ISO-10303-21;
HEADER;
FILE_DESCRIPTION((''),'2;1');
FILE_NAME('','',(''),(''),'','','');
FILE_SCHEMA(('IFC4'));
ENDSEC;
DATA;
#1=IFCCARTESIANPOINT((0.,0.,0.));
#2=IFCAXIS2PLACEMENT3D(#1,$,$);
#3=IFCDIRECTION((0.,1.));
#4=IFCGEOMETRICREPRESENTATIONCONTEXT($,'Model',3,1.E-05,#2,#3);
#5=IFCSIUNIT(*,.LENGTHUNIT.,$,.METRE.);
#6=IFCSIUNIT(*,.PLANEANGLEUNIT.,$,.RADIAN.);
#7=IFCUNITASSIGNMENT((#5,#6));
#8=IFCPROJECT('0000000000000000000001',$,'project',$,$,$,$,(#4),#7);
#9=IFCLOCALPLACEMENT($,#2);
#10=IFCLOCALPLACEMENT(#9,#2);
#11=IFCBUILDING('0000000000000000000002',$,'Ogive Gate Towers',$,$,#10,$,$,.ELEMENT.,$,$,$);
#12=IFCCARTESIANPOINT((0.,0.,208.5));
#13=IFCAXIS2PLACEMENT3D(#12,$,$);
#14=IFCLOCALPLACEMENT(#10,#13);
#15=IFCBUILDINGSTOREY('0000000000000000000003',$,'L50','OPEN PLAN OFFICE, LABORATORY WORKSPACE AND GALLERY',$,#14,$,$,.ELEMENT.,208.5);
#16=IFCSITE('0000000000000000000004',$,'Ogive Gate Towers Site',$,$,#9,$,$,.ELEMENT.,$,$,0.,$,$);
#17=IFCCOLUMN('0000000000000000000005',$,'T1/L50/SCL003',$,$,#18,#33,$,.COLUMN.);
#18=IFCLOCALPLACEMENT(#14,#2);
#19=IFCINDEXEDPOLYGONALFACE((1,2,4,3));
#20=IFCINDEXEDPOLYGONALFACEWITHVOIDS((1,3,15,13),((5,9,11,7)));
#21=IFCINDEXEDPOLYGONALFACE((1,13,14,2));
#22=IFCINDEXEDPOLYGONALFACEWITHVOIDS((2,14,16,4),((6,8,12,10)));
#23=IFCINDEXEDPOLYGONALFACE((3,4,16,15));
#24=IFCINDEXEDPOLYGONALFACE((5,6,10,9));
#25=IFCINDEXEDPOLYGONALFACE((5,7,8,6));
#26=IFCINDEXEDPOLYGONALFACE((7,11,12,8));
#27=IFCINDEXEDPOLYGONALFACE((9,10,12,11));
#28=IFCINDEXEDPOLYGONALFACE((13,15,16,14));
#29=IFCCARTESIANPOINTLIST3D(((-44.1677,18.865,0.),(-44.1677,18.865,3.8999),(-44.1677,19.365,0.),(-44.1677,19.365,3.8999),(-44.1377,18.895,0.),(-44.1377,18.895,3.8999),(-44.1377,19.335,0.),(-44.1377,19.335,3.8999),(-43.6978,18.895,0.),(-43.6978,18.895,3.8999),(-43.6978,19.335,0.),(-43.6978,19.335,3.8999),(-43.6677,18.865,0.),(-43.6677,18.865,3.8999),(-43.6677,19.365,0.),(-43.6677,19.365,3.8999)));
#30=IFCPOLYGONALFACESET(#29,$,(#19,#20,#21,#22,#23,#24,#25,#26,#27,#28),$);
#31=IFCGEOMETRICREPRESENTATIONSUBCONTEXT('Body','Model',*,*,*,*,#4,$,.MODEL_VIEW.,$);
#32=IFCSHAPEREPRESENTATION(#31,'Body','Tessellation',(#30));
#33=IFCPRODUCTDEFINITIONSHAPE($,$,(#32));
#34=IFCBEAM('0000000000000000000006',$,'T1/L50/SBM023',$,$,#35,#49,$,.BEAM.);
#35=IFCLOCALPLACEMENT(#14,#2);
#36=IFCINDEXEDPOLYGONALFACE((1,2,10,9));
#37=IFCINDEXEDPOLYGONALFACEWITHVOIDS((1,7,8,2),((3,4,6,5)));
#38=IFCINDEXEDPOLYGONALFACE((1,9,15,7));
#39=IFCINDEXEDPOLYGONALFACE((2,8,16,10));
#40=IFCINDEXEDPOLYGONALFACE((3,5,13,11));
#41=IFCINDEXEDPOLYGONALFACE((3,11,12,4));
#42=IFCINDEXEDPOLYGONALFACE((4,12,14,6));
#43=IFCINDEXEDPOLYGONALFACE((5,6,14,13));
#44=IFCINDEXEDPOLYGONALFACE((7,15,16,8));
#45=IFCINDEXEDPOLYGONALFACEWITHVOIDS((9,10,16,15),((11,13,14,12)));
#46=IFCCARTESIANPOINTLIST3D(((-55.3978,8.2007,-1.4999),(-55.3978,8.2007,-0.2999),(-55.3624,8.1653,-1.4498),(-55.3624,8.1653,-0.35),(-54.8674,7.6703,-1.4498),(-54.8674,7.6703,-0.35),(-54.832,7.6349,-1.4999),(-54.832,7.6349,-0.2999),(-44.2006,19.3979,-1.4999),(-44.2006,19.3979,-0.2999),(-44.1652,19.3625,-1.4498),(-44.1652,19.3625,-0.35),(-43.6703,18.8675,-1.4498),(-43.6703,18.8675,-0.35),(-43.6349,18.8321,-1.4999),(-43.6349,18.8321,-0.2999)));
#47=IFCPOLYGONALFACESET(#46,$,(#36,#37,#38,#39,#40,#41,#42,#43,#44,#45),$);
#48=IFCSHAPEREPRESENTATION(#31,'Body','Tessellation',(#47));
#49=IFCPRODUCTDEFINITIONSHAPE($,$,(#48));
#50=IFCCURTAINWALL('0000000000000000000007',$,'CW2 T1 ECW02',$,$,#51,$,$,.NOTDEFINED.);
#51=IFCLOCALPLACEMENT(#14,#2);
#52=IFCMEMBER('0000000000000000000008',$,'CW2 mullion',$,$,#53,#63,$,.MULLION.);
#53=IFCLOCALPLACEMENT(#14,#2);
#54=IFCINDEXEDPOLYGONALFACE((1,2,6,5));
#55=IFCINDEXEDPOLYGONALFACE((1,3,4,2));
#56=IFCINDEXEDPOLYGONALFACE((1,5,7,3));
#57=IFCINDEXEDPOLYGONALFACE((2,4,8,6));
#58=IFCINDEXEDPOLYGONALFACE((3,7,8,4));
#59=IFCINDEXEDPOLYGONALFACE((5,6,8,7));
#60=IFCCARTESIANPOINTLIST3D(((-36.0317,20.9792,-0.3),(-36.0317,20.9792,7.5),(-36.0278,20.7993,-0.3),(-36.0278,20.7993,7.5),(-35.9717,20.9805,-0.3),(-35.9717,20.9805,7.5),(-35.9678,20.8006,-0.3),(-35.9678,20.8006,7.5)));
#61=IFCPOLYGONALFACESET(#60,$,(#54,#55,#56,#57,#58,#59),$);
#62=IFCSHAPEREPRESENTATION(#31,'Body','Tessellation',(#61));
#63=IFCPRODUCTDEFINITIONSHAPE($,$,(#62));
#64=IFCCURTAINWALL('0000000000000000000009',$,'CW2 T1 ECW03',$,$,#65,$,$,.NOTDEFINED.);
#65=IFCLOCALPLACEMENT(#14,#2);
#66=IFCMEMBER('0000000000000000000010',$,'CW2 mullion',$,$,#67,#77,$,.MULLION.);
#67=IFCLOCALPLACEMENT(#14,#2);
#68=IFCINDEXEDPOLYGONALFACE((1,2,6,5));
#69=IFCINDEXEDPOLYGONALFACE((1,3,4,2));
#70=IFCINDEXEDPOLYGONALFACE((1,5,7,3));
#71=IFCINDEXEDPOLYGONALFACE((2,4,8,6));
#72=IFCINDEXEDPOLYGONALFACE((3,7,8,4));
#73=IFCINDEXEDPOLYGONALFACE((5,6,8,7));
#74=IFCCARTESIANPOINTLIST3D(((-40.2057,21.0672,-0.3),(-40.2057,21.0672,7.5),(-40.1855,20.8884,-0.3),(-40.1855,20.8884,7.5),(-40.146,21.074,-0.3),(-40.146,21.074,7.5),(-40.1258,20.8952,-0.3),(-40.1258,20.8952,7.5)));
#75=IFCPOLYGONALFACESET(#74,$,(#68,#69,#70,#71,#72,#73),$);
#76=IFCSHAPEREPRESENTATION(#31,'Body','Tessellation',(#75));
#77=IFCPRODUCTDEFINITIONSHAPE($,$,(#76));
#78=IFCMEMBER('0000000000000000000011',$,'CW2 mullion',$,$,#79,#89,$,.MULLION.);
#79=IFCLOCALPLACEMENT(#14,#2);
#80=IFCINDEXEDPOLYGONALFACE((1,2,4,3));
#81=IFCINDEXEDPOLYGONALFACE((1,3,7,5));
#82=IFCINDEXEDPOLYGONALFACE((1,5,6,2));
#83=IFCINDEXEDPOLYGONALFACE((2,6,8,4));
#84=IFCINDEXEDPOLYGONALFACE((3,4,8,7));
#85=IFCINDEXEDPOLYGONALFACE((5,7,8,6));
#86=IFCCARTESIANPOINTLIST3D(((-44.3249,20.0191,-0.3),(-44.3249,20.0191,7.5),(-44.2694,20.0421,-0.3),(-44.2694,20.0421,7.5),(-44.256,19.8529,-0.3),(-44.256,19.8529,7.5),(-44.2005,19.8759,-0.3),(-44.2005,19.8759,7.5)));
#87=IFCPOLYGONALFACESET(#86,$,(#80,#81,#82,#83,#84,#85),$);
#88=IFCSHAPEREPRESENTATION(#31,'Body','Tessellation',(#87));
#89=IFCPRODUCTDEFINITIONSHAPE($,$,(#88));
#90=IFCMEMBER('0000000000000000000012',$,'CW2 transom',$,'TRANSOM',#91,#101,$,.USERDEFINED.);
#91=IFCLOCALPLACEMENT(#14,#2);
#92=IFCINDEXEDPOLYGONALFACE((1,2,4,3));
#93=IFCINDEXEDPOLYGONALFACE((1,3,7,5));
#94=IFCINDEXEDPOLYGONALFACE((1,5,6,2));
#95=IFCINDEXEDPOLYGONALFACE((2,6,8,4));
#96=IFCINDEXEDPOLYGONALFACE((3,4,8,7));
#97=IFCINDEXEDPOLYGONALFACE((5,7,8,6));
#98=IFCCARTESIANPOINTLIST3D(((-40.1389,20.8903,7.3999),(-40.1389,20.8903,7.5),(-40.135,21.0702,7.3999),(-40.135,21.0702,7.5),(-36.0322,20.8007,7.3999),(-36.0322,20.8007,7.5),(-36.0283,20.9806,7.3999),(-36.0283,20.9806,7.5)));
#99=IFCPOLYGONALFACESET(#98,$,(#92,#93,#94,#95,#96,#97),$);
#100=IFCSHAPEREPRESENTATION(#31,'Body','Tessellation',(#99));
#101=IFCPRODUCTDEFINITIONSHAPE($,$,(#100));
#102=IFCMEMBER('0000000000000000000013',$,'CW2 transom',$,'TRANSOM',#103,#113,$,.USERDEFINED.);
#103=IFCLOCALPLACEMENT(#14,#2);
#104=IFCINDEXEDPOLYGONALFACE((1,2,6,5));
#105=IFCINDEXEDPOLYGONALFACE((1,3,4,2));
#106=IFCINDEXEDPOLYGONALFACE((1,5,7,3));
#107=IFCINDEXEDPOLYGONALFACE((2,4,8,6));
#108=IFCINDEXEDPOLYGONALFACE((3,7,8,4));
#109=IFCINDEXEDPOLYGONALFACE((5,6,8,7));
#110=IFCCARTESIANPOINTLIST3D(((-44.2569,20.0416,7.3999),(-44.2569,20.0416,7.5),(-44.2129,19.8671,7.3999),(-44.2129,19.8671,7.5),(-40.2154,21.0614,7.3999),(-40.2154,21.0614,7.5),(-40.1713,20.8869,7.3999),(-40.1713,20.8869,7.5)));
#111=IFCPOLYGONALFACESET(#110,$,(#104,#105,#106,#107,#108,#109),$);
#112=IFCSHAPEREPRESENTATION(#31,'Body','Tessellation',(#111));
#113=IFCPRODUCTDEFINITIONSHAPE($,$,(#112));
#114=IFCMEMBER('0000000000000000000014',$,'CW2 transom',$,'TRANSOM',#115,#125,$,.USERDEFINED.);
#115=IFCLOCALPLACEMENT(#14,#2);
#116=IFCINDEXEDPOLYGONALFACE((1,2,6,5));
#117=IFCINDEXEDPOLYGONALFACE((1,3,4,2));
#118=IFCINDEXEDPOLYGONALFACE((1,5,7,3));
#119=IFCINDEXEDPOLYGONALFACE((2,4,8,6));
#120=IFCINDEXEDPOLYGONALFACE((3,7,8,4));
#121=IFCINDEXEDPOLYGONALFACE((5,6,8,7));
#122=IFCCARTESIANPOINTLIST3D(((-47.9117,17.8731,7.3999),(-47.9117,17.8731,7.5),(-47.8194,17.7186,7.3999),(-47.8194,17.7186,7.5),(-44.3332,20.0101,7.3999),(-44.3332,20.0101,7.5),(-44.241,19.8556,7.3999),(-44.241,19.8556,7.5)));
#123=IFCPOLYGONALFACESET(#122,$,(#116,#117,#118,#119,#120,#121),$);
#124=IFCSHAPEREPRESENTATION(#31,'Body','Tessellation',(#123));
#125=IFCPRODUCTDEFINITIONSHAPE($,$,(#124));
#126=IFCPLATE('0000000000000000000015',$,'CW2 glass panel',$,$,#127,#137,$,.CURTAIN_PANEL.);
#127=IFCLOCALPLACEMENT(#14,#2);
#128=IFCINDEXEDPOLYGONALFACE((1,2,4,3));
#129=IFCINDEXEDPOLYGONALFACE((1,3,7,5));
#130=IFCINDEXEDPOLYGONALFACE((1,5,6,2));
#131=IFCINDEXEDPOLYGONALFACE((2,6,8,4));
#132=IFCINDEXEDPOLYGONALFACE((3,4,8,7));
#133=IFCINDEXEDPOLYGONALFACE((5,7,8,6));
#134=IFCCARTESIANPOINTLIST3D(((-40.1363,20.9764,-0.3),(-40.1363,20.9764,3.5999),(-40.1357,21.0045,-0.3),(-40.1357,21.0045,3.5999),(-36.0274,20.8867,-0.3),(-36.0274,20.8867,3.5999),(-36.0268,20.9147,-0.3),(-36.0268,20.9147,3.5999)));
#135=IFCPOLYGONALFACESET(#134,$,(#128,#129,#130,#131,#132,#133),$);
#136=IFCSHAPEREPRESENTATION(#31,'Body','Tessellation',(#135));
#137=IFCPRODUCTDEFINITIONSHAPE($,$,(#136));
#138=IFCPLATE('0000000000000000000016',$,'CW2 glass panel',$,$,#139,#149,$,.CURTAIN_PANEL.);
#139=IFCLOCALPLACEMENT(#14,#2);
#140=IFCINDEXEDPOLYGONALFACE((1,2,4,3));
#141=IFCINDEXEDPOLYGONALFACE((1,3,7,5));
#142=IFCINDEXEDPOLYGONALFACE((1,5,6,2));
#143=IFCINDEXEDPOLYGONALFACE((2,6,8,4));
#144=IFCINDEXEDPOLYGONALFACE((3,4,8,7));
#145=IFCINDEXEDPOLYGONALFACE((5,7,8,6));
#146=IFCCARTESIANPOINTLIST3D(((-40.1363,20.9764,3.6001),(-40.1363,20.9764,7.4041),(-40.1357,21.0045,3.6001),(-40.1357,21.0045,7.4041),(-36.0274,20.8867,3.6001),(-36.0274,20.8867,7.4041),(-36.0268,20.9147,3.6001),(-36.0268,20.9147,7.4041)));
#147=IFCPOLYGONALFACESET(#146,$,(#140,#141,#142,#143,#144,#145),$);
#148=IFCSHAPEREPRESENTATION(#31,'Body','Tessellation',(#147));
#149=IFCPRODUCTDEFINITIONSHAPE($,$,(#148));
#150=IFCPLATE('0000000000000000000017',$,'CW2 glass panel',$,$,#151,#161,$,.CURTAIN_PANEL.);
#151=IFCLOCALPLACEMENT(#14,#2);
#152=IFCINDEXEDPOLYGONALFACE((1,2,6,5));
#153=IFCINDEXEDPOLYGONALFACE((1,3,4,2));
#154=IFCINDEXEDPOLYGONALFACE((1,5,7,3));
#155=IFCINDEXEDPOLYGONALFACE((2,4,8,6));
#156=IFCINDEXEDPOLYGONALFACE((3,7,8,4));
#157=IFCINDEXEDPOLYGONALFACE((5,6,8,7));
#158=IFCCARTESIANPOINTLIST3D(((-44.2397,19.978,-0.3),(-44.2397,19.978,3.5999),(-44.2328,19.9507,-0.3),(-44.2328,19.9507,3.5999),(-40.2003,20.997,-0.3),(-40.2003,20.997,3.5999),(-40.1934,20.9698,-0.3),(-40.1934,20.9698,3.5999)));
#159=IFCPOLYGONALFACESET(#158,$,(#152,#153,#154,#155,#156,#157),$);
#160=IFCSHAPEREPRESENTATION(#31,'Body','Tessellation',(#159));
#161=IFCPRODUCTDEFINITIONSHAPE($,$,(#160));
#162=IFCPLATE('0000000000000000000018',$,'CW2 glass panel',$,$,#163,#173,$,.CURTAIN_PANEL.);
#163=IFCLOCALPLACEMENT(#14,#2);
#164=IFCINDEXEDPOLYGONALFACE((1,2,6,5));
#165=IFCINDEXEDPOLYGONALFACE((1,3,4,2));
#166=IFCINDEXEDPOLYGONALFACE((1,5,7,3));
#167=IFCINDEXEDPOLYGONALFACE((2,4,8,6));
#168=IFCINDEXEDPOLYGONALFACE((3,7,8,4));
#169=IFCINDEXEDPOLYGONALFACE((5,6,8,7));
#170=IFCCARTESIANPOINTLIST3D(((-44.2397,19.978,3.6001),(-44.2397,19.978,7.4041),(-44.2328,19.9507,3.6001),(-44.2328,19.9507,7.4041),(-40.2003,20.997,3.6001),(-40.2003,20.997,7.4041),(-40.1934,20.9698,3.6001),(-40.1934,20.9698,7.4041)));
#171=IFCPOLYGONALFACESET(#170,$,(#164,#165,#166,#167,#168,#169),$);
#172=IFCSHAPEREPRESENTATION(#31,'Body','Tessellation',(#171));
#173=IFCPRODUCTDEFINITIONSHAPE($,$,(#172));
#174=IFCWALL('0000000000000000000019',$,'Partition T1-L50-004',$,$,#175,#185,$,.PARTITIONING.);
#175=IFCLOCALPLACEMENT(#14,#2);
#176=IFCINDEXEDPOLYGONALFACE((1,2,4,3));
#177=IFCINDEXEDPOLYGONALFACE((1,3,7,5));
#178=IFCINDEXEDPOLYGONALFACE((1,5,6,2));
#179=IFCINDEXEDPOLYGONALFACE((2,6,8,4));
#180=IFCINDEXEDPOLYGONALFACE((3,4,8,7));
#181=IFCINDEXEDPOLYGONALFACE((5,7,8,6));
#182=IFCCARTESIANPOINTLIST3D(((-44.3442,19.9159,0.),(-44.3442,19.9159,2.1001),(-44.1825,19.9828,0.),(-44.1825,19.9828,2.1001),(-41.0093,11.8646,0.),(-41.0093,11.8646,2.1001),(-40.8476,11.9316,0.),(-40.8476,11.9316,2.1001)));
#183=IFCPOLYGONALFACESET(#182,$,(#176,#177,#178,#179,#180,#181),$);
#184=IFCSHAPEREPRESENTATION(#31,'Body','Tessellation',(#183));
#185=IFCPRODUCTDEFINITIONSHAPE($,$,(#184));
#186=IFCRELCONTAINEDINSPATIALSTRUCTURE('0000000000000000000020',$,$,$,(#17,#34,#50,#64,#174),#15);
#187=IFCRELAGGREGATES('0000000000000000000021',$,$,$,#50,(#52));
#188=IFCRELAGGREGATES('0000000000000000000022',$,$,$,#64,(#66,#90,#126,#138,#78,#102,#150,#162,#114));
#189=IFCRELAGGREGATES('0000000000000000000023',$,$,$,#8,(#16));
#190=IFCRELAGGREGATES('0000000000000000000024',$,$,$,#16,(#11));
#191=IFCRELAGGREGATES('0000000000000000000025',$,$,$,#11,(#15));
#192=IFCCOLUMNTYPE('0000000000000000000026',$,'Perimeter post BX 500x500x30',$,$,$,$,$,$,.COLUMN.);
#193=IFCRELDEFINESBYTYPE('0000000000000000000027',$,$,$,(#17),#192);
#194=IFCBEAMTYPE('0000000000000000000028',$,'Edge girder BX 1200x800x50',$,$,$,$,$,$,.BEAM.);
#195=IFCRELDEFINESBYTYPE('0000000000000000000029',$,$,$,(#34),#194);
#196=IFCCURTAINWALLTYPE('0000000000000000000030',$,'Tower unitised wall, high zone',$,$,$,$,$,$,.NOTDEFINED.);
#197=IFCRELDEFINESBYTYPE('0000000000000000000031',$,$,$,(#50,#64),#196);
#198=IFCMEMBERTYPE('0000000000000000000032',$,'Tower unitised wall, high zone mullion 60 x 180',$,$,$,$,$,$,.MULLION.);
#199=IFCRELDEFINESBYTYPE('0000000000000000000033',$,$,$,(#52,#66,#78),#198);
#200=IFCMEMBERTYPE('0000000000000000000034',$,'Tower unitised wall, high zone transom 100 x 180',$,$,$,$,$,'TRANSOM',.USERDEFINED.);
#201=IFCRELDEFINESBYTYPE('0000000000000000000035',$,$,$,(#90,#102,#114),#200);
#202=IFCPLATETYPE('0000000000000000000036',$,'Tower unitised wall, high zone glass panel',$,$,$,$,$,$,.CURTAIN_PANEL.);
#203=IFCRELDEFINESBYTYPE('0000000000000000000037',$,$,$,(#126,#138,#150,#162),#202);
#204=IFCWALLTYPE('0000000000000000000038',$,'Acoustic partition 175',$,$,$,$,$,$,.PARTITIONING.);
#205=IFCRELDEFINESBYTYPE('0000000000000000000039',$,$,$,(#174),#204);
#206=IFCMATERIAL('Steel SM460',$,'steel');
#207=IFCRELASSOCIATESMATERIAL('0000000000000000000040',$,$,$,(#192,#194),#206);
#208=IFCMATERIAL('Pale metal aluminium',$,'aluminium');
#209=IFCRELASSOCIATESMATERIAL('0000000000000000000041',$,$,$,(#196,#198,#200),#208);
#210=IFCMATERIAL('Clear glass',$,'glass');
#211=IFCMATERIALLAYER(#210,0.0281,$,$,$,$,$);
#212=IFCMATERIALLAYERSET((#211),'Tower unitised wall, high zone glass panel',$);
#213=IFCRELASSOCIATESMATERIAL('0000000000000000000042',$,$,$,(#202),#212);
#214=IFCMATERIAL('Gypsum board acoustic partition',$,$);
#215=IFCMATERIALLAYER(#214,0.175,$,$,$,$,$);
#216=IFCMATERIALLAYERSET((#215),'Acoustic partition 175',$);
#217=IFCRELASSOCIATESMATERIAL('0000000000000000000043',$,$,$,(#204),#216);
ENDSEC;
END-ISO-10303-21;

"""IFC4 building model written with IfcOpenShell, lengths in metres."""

from ifc_helpers import new_model, si_unit, direction, frame, frame_2d, origin, origin_2d, place, context, subcontext, project, spatial, rectangle, hollow_rectangle, extrude, material, layer, layer_set, material_profile, profile_set, type_object, element, aggregate, save


model = new_model("IFC4")

# Units and contexts
model_context = context("Model", 3, precision=1e-05, world=origin(), true_north=direction((0.0, 1.0)))
body_context = subcontext(model_context, "Body", "Model", "MODEL_VIEW")
ifc_project = project(units=[si_unit("LENGTHUNIT", "METRE"), si_unit("PLANEANGLEUNIT", "RADIAN")], contexts=[model_context])

# Site, building, storey
site_placement = place(None, origin())
site = spatial("IfcSite", under=ifc_project, at=site_placement, Name="Ogive Gate Towers Site", CompositionType="ELEMENT", RefElevation=0.0)
building_placement = place(site_placement, origin())
building = spatial("IfcBuilding", under=site, at=building_placement, Name="Ogive Gate Towers", CompositionType="ELEMENT")
storey_placement = place(building_placement, frame((0.0, 0.0, 208.5)))
storey = spatial("IfcBuildingStorey", under=building, at=storey_placement, Name="L50", Description="OPEN PLAN OFFICE, LABORATORY WORKSPACE AND GALLERY", CompositionType="ELEMENT", Elevation=208.5)

# Column
ifc_material_1 = material(Name="Steel SM460", Category="steel")
ifc_material_profile_1 = material_profile(ifc_material_1, hollow_rectangle(XDim=0.5, YDim=0.5, WallThickness=0.03, at=origin_2d()), Name="BX 500x500x30")
ifc_profile_set_1 = profile_set([ifc_material_profile_1], Name="Steel SM460")
column_type = type_object("IfcColumnType", Name="Perimeter post BX 500x500x30", PredefinedType="COLUMN", material=ifc_profile_set_1)
column_placement = place(storey_placement, frame((-43.9177, 19.115, 0.0), z_axis=(0.0, 0.0, 1.0), x_axis=(1.0, 0.0, 0.0)))
element("IfcColumn", 1, at=column_placement, inside=storey, type_object=column_type, Name="T1/L50/SCL003", PredefinedType="COLUMN", context=body_context, shape_type="SweptSolid", body=[
    extrude(hollow_rectangle(XDim=0.5, YDim=0.5, WallThickness=0.03, at=origin_2d()), origin(), (0.0, 0.0, 1.0), 3.8999),
])

# Beam
ifc_material_profile_2 = material_profile(ifc_material_1, hollow_rectangle(XDim=0.8, YDim=1.2, WallThickness=0.05, at=origin_2d()), Name="BX 1200x800x50")
ifc_profile_set_2 = profile_set([ifc_material_profile_2], Name="Steel SM460")
beam_type = type_object("IfcBeamType", Name="Edge girder BX 1200x800x50", PredefinedType="BEAM", material=ifc_profile_set_2)
beam_placement = place(storey_placement, frame((-43.9177, 19.115, -0.8999), z_axis=(-0.707107, -0.707107, 0.0), x_axis=(0.707107, -0.707107, 0.0)))
element("IfcBeam", 2, at=beam_placement, inside=storey, type_object=beam_type, Name="T1/L50/SBM023", PredefinedType="BEAM", context=body_context, shape_type="SweptSolid", body=[
    extrude(hollow_rectangle(XDim=0.8, YDim=1.2, WallThickness=0.05, at=origin_2d()), origin(), (0.0, 0.0, 1.0), 15.8352),
])

# Curtain wall, member
ifc_material_2 = material(Name="Pale metal aluminium", Category="aluminium")
curtain_wall_type = type_object("IfcCurtainWallType", Name="Tower unitised wall, high zone", PredefinedType="NOTDEFINED", material=ifc_material_2)
curtain_wall_1_placement = place(storey_placement, origin())
curtain_wall_1 = element("IfcCurtainWall", 3, at=curtain_wall_1_placement, inside=storey, type_object=curtain_wall_type, Name="CW2 T1 ECW02", PredefinedType="NOTDEFINED")
ifc_material_profile_3 = material_profile(ifc_material_2, rectangle(XDim=0.1799, YDim=0.0601, at=origin_2d()), Name="60 x 180 aluminium box")
ifc_profile_set_3 = profile_set([ifc_material_profile_3], Name="Pale metal aluminium")
member_type_1 = type_object("IfcMemberType", Name="Tower unitised wall, high zone mullion 60 x 180", PredefinedType="MULLION", material=ifc_profile_set_3)
member_1_placement = place(storey_placement, frame((-35.9998, 20.8899, -0.3), z_axis=(0.0, 0.0, 1.0), x_axis=(-0.021832, 0.999762, 0.0)))
member_1 = element("IfcMember", 4, at=member_1_placement, type_object=member_type_1, Name="CW2 mullion", PredefinedType="MULLION", context=body_context, shape_type="SweptSolid", body=[
    extrude(rectangle(XDim=0.1799, YDim=0.0601, at=origin_2d()), origin(), (0.0, 0.0, 1.0), 7.8),
])
aggregate(curtain_wall_1, [member_1])

# Curtain wall, members, plates
curtain_wall_2_placement = place(storey_placement, origin())
curtain_wall_2 = element("IfcCurtainWall", 5, at=curtain_wall_2_placement, inside=storey, type_object=curtain_wall_type, Name="CW2 T1 ECW03", PredefinedType="NOTDEFINED")
member_2_placement = place(storey_placement, frame((-40.1658, 20.9812, -0.3), z_axis=(0.0, 0.0, 1.0), x_axis=(-0.112405, 0.993662, 0.0)))
member_2 = element("IfcMember", 6, at=member_2_placement, type_object=member_type_1, Name="CW2 mullion", PredefinedType="MULLION", context=body_context, shape_type="SweptSolid", body=[
    extrude(rectangle(XDim=0.1799, YDim=0.0601, at=origin_2d()), origin(), (0.0, 0.0, 1.0), 7.8),
])
member_3_placement = place(storey_placement, frame((-44.2627, 19.9475, -0.3), z_axis=(0.0, 0.0, 1.0), x_axis=(-0.382683, 0.92388, 0.0)))
member_3 = element("IfcMember", 7, at=member_3_placement, type_object=member_type_1, Name="CW2 mullion", PredefinedType="MULLION", context=body_context, shape_type="SweptSolid", body=[
    extrude(rectangle(XDim=0.1799, YDim=0.0601, at=origin_2d()), origin(), (0.0, 0.0, 1.0), 7.8),
])
ifc_material_profile_4 = material_profile(ifc_material_2, rectangle(XDim=0.1799, YDim=0.1001, at=origin_2d()), Name="100 x 180 aluminium box")
ifc_profile_set_4 = profile_set([ifc_material_profile_4], Name="Pale metal aluminium")
member_type_2 = type_object("IfcMemberType", Name="Tower unitised wall, high zone transom 100 x 180", ElementType="TRANSOM", PredefinedType="USERDEFINED", material=ifc_profile_set_4)
member_4_placement = place(storey_placement, frame((-36.0303, 20.8906, 7.45), z_axis=(-0.999762, 0.021813, 0.0), x_axis=(-0.021813, -0.999762, 0.0)))
member_4 = element("IfcMember", 8, at=member_4_placement, type_object=member_type_2, Name="CW2 transom", ObjectType="TRANSOM", PredefinedType="USERDEFINED", context=body_context, shape_type="SweptSolid", body=[
    extrude(rectangle(XDim=0.1799, YDim=0.1001, at=origin_2d()), origin(), (0.0, 0.0, 1.0), 4.1077),
])
member_5_placement = place(storey_placement, frame((-40.1934, 20.9741, 7.45), z_axis=(-0.96961, -0.244657, 0.0), x_axis=(0.244657, -0.96961, 0.0)))
member_5 = element("IfcMember", 9, at=member_5_placement, type_object=member_type_2, Name="CW2 transom", ObjectType="TRANSOM", PredefinedType="USERDEFINED", context=body_context, shape_type="SweptSolid", body=[
    extrude(rectangle(XDim=0.1799, YDim=0.1001, at=origin_2d()), origin(), (0.0, 0.0, 1.0), 4.1682),
])
member_6_placement = place(storey_placement, frame((-44.2871, 19.9329, 7.45), z_axis=(-0.858556, -0.51272, 0.0), x_axis=(0.51272, -0.858556, 0.0)))
member_6 = element("IfcMember", 10, at=member_6_placement, type_object=member_type_2, Name="CW2 transom", ObjectType="TRANSOM", PredefinedType="USERDEFINED", context=body_context, shape_type="SweptSolid", body=[
    extrude(rectangle(XDim=0.1799, YDim=0.1001, at=origin_2d()), origin(), (0.0, 0.0, 1.0), 4.168),
])
ifc_material_3 = material(Name="Clear glass", Category="glass")
ifc_layer_1 = layer(ifc_material_3, 0.0281)
ifc_layer_set_1 = layer_set([ifc_layer_1], Name="Tower unitised wall, high zone glass panel")
plate_type = type_object("IfcPlateType", Name="Tower unitised wall, high zone glass panel", PredefinedType="CURTAIN_PANEL", material=ifc_layer_set_1)
plate_1_placement = place(storey_placement, frame((-38.0815, 20.9456, -0.3), z_axis=(0.0, 0.0, 1.0), x_axis=(-0.999762, 0.021832, 0.0)))
plate_1 = element("IfcPlate", 11, at=plate_1_placement, type_object=plate_type, Name="CW2 glass panel", PredefinedType="CURTAIN_PANEL", context=body_context, shape_type="SweptSolid", body=[
    extrude(rectangle(XDim=4.1099, YDim=0.0281, at=origin_2d()), origin(), (0.0, 0.0, 1.0), 3.8999),
])
plate_2_placement = place(storey_placement, frame((-38.0815, 20.9456, 3.6001), z_axis=(0.0, 0.0, 1.0), x_axis=(-0.999762, 0.021832, 0.0)))
plate_2 = element("IfcPlate", 12, at=plate_2_placement, type_object=plate_type, Name="CW2 glass panel", PredefinedType="CURTAIN_PANEL", context=body_context, shape_type="SweptSolid", body=[
    extrude(rectangle(XDim=4.1099, YDim=0.0281, at=origin_2d()), origin(), (0.0, 0.0, 1.0), 3.804),
])
plate_3_placement = place(storey_placement, frame((-42.2166, 20.4739, -0.3), z_axis=(0.0, 0.0, 1.0), x_axis=(-0.969621, -0.244614, 0.0)))
plate_3 = element("IfcPlate", 13, at=plate_3_placement, type_object=plate_type, Name="CW2 glass panel", PredefinedType="CURTAIN_PANEL", context=body_context, shape_type="SweptSolid", body=[
    extrude(rectangle(XDim=4.166, YDim=0.0281, at=origin_2d()), origin(), (0.0, 0.0, 1.0), 3.8999),
])
plate_4_placement = place(storey_placement, frame((-42.2166, 20.4739, 3.6001), z_axis=(0.0, 0.0, 1.0), x_axis=(-0.969621, -0.244614, 0.0)))
plate_4 = element("IfcPlate", 14, at=plate_4_placement, type_object=plate_type, Name="CW2 glass panel", PredefinedType="CURTAIN_PANEL", context=body_context, shape_type="SweptSolid", body=[
    extrude(rectangle(XDim=4.166, YDim=0.0281, at=origin_2d()), origin(), (0.0, 0.0, 1.0), 3.804),
])
aggregate(curtain_wall_2, [member_2, member_4, plate_1, plate_2, member_3, member_5, plate_3, plate_4, member_6])

# Wall
ifc_material_4 = material(Name="Gypsum board acoustic partition")
ifc_layer_2 = layer(ifc_material_4, 0.175)
ifc_layer_set_2 = layer_set([ifc_layer_2], Name="Acoustic partition 175")
wall_type = type_object("IfcWallType", Name="Acoustic partition 175", PredefinedType="PARTITIONING", material=ifc_layer_set_2)
wall_placement = place(storey_placement, frame((-44.2634, 19.9495, 0.0), z_axis=(0.0, 0.0, 1.0), x_axis=(0.382685, -0.923879, 0.0)))
element("IfcWall", 15, at=wall_placement, inside=storey, type_object=wall_type, Name="Partition T1-L50-004", PredefinedType="PARTITIONING", context=body_context, shape_type="SweptSolid", body=[
    extrude(rectangle(XDim=8.7146, YDim=0.175, at=frame_2d((4.3574, 0.0))), origin(), (0.0, 0.0, 1.0), 2.1001),
])

save(model, "model.ifc")
